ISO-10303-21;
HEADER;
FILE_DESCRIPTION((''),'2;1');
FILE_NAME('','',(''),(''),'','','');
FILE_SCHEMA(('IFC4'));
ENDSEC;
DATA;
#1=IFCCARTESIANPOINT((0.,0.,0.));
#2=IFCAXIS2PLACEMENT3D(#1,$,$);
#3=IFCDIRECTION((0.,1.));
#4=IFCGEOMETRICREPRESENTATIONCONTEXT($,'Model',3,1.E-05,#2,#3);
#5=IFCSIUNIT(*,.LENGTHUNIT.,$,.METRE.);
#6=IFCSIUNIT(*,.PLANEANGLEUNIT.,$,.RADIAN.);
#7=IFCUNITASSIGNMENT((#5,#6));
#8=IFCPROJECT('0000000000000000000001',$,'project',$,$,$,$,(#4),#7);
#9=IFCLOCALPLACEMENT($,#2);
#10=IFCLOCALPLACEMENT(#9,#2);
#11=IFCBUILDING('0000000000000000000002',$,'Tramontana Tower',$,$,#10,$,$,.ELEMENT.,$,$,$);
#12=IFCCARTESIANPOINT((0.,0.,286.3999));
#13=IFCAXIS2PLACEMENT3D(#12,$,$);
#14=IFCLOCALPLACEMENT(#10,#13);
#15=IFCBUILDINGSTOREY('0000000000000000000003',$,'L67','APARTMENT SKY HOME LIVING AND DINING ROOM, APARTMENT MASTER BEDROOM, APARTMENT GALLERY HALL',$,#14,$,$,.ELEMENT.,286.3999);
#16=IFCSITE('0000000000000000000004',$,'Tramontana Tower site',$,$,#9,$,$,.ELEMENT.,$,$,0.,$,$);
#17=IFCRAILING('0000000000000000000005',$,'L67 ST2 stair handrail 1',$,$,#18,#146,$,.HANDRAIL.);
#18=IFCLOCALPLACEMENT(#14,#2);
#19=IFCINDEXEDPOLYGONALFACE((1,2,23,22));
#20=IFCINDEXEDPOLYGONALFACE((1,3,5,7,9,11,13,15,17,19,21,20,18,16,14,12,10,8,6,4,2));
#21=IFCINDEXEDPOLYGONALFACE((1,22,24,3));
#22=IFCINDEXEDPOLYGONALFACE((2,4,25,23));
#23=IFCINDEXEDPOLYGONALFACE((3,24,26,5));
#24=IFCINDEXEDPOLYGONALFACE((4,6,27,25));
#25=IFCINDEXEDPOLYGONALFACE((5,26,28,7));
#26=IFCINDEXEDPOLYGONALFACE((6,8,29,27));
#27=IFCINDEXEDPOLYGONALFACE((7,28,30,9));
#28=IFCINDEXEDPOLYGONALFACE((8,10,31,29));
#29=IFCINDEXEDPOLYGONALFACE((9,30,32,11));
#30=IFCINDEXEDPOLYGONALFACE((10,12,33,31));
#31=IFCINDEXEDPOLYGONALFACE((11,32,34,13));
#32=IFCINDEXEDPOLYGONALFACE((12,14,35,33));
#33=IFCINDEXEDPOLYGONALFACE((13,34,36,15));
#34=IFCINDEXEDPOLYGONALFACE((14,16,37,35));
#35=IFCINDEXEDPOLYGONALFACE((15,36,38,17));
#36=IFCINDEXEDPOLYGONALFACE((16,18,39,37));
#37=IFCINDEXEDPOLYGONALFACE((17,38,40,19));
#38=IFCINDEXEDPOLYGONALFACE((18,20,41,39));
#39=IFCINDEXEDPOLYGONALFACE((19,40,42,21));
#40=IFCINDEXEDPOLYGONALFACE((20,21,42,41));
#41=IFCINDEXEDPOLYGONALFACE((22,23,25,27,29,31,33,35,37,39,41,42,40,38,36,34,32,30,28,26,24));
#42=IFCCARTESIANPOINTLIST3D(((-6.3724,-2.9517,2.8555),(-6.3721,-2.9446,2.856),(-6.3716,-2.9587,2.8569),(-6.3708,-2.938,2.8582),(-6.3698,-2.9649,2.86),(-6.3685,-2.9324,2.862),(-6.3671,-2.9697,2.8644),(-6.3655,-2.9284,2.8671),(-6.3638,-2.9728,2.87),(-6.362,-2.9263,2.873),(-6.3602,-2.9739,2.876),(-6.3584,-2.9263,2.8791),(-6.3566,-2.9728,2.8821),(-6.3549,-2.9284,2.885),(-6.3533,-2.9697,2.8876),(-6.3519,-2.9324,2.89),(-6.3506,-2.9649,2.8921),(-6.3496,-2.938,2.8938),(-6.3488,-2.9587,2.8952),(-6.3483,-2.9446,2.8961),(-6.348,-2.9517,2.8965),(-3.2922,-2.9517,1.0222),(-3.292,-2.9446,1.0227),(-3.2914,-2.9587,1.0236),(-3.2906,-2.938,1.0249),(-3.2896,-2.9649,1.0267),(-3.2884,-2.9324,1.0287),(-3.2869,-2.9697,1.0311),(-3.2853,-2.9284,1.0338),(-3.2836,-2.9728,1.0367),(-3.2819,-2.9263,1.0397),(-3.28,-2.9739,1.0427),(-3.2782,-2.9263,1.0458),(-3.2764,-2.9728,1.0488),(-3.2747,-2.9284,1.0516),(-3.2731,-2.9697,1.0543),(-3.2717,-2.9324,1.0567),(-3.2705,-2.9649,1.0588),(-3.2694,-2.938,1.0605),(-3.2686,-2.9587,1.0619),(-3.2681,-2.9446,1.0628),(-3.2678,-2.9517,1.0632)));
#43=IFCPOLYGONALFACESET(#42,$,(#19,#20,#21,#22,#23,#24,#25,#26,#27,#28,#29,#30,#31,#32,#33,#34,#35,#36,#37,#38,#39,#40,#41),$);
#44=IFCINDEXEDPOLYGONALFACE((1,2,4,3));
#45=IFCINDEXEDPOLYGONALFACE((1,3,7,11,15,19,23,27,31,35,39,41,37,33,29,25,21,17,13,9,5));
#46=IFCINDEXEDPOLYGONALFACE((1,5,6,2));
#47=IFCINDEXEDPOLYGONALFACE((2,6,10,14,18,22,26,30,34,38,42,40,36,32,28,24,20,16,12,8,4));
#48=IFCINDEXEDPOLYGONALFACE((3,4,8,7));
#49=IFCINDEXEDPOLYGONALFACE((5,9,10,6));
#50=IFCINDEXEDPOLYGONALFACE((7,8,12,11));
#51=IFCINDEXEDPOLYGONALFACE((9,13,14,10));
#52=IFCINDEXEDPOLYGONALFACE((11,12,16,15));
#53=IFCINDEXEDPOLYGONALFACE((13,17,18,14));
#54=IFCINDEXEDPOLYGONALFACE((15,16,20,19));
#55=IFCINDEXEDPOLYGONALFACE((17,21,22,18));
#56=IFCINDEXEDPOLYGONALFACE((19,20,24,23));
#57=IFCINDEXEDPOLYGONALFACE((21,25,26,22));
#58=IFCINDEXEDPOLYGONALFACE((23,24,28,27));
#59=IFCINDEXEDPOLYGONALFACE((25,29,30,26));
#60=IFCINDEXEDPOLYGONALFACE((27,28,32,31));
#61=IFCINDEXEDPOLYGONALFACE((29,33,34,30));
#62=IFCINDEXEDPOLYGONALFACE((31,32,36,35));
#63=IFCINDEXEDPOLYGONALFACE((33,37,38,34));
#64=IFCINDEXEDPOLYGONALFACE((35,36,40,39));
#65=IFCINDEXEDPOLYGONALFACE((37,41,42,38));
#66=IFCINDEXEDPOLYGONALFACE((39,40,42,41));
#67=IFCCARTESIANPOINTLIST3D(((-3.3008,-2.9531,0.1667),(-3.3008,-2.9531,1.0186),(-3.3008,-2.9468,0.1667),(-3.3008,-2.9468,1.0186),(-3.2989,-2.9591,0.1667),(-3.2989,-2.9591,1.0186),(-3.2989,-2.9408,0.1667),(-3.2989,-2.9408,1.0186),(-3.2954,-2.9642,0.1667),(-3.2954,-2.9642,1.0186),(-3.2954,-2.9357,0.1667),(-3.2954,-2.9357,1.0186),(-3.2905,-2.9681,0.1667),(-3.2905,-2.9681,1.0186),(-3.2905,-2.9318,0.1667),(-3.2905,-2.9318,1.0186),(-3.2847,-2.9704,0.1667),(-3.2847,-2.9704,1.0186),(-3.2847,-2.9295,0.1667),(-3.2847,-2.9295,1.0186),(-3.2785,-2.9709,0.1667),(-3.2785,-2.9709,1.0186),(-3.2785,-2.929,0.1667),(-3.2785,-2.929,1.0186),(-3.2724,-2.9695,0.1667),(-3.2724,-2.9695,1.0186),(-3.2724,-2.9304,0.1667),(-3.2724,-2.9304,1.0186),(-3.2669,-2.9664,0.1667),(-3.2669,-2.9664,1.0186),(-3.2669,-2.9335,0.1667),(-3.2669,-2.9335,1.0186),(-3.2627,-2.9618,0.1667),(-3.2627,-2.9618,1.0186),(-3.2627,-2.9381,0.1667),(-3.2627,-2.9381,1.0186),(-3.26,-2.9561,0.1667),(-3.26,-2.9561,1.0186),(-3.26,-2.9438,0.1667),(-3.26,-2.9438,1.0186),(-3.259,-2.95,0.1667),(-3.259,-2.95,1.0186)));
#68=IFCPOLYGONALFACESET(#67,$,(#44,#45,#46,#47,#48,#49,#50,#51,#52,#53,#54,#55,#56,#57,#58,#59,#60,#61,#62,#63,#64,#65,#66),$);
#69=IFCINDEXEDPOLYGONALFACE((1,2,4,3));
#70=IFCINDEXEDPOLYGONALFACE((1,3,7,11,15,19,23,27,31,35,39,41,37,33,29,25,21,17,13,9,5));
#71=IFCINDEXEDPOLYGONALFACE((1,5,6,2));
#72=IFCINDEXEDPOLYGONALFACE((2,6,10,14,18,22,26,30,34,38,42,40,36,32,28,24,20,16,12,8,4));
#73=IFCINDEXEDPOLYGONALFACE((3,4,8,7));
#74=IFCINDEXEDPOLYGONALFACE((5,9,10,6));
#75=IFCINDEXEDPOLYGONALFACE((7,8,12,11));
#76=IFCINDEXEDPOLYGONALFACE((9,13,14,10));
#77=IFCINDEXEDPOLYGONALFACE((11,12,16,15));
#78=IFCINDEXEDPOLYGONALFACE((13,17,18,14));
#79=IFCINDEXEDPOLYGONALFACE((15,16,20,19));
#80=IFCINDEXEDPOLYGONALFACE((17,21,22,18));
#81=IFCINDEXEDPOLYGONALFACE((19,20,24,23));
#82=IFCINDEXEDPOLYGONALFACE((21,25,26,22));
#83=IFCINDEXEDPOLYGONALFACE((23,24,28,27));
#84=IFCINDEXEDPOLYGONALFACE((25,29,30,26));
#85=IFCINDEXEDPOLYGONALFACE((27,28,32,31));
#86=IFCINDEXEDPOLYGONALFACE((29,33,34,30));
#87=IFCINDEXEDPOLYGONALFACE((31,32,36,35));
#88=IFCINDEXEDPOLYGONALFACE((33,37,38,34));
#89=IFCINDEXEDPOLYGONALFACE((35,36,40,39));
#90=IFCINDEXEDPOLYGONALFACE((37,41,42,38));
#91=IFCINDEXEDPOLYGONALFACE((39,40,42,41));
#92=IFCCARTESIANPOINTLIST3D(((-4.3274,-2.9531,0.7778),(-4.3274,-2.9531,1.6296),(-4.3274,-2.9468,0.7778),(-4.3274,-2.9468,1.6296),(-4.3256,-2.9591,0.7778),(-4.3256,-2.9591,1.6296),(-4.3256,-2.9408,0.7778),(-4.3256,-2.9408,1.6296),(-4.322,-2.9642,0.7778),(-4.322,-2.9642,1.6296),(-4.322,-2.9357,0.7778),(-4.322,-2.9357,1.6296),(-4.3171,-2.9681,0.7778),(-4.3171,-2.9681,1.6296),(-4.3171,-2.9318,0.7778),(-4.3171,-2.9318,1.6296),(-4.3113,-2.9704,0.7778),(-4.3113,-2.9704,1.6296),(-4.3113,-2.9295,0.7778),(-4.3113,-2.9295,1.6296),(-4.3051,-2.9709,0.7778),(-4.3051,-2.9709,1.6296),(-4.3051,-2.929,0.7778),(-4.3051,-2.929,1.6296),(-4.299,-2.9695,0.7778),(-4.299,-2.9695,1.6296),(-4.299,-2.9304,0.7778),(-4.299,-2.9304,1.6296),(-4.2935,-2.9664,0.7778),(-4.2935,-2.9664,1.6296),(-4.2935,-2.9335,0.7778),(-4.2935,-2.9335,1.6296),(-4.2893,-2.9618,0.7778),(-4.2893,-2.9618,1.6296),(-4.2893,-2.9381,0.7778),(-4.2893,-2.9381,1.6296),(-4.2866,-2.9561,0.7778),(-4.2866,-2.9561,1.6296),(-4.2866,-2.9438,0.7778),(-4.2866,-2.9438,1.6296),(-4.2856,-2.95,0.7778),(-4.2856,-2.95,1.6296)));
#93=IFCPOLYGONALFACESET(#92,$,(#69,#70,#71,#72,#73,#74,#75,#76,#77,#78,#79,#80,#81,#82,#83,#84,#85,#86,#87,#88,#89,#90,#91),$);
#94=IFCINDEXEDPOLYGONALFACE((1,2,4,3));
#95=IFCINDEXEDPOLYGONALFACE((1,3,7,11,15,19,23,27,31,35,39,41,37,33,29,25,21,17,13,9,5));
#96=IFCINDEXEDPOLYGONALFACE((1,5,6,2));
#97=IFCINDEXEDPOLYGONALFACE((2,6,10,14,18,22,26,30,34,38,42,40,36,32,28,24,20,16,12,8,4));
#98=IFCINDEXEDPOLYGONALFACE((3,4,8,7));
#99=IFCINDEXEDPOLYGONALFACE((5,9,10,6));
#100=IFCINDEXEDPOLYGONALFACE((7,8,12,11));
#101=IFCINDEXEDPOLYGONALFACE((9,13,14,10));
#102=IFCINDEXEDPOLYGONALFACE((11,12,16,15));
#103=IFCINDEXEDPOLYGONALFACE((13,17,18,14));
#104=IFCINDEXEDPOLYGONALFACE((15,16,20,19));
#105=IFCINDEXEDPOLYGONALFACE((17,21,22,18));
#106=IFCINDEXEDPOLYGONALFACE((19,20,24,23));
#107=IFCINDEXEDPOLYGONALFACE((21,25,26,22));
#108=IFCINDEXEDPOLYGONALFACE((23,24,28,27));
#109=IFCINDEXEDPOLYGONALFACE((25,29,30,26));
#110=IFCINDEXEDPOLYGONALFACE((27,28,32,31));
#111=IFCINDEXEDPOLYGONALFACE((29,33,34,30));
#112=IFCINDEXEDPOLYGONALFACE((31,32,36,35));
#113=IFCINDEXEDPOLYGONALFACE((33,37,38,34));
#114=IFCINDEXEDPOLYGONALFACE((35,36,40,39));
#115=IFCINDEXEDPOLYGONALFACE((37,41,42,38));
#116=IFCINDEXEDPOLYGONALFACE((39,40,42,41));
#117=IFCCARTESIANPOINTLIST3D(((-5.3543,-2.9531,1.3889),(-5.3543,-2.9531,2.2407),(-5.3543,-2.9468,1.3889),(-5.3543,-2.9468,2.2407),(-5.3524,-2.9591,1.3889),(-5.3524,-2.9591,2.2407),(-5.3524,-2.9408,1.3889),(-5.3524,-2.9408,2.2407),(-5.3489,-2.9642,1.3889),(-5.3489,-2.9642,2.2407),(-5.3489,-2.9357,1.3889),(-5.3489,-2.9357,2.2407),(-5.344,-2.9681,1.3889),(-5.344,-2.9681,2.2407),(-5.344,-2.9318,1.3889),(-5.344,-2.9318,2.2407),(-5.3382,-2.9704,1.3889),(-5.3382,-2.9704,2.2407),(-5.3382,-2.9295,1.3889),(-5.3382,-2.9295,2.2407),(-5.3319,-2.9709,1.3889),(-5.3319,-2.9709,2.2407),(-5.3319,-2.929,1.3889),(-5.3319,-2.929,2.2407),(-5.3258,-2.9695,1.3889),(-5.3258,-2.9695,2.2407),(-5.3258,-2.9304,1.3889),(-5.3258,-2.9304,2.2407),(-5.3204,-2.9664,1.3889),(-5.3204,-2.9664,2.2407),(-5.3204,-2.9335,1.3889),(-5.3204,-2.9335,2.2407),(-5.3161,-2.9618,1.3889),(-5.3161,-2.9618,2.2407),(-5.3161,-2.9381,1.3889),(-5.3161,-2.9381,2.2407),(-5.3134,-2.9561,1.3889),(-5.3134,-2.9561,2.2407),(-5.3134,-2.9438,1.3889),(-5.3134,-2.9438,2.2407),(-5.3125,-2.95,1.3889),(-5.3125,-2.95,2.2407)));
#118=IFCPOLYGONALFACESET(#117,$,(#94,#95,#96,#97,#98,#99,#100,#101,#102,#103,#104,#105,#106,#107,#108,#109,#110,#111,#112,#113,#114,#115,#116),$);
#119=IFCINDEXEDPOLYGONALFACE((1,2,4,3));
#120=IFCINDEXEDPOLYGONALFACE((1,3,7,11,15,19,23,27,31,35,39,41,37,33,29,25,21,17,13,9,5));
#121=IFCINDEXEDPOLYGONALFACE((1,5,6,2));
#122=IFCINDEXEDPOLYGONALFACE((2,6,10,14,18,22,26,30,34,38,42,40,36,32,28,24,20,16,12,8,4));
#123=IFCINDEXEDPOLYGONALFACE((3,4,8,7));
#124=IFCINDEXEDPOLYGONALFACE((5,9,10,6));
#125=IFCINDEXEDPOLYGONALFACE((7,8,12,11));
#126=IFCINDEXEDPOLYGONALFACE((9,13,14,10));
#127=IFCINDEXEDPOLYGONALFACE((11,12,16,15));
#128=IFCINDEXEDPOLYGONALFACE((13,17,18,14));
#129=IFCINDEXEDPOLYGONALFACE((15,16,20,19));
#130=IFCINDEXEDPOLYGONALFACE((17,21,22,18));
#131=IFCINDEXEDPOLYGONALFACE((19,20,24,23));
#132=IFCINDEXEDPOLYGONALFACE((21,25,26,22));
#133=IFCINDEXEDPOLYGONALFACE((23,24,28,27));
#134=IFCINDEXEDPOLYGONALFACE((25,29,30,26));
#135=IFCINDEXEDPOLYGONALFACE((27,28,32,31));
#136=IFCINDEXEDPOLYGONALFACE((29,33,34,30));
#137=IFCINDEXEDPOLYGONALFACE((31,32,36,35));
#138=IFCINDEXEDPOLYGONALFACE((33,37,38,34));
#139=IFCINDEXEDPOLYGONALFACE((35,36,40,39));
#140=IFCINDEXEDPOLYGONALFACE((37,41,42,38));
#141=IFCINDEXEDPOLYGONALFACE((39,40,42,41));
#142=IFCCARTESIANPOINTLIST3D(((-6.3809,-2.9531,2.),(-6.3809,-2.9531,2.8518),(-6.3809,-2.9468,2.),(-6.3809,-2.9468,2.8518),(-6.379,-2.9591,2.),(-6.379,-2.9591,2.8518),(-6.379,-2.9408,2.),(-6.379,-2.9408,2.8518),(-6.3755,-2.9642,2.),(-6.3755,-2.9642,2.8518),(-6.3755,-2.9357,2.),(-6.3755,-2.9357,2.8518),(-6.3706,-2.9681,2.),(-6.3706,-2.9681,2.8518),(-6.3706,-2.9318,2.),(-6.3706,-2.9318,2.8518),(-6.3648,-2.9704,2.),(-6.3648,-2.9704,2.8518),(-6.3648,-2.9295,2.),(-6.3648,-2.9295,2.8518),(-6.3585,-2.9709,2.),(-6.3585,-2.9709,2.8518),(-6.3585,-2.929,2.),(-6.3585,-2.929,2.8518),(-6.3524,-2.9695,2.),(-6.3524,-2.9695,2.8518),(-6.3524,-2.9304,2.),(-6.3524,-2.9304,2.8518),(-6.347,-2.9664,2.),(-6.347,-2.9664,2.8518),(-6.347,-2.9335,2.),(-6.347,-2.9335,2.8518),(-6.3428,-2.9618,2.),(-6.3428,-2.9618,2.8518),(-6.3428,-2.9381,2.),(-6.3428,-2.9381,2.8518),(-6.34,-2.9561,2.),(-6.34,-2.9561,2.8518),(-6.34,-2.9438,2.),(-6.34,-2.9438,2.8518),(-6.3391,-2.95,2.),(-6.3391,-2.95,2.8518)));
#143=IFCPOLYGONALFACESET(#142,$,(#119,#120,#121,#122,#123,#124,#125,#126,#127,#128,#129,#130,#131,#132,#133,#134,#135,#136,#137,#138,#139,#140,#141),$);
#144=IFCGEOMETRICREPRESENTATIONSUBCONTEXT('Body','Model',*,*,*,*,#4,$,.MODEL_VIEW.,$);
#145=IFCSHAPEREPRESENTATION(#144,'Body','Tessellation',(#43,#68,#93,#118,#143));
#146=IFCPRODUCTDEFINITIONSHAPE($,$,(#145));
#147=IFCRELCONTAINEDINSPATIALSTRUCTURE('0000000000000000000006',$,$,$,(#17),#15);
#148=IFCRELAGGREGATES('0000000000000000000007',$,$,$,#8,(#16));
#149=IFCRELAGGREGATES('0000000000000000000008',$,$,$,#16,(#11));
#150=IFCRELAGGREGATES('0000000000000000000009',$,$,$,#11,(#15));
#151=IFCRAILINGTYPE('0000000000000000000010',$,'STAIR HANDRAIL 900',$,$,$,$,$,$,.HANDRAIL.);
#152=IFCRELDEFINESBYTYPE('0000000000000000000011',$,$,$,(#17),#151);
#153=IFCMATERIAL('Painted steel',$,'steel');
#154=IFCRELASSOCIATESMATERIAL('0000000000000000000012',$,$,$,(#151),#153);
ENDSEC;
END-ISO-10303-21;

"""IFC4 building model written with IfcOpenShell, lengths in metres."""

from ifc_helpers import new_model, si_unit, direction, frame, origin, origin_2d, place, context, subcontext, project, spatial, circle, extrude, material, type_object, element, save


model = new_model("IFC4")

# Units and contexts
model_context = context("Model", 3, precision=1e-05, world=origin(), true_north=direction((0.0, 1.0)))
body_context = subcontext(model_context, "Body", "Model", "MODEL_VIEW")
ifc_project = project(units=[si_unit("LENGTHUNIT", "METRE"), si_unit("PLANEANGLEUNIT", "RADIAN")], contexts=[model_context])

# Site, building, storey
site_placement = place(None, origin())
site = spatial("IfcSite", under=ifc_project, at=site_placement, Name="Tramontana Tower site", CompositionType="ELEMENT", RefElevation=0.0)
building_placement = place(site_placement, origin())
building = spatial("IfcBuilding", under=site, at=building_placement, Name="Tramontana Tower", CompositionType="ELEMENT")
storey_placement = place(building_placement, frame((0.0, 0.0, 286.3999)))
storey = spatial("IfcBuildingStorey", under=building, at=storey_placement, Name="L67", Description="APARTMENT SKY HOME LIVING AND DINING ROOM, APARTMENT MASTER BEDROOM, APARTMENT GALLERY HALL", CompositionType="ELEMENT", Elevation=286.3999)

# Railing
ifc_material_1 = material(Name="Painted steel", Category="steel")
railing_type_1 = type_object("IfcRailingType", Name="STAIR HANDRAIL 900", PredefinedType="HANDRAIL", material=ifc_material_1)
railing_1_placement = place(storey_placement, frame((-3.28, -2.95, 0.1667)))
element("IfcRailing", 1, at=railing_1_placement, inside=storey, type_object=railing_type_1, Name="L67 ST2 stair handrail 1", PredefinedType="HANDRAIL", context=body_context, shape_type="SweptSolid", body=[
    extrude(circle(Radius=0.0239, at=origin_2d()), frame((0.0, 0.0, 0.876), z_axis=(-0.859309, 0.0, 0.511458), x_axis=(0.0, -1.0, 0.0)), (0.0, 0.0, 1.0), 3.5845),
    extrude(circle(Radius=0.021, at=origin_2d()), origin(), (0.0, 0.0, 1.0), 0.8518),
    extrude(circle(Radius=0.021, at=origin_2d()), frame((-1.0266, 0.0, 0.6111)), (0.0, 0.0, 1.0), 0.8518),
    extrude(circle(Radius=0.021, at=origin_2d()), frame((-2.0535, 0.0, 1.2222)), (0.0, 0.0, 1.0), 0.8518),
    extrude(circle(Radius=0.021, at=origin_2d()), frame((-3.0801, 0.0, 1.8333)), (0.0, 0.0, 1.0), 0.8518),
])

save(model, "model.ifc")
